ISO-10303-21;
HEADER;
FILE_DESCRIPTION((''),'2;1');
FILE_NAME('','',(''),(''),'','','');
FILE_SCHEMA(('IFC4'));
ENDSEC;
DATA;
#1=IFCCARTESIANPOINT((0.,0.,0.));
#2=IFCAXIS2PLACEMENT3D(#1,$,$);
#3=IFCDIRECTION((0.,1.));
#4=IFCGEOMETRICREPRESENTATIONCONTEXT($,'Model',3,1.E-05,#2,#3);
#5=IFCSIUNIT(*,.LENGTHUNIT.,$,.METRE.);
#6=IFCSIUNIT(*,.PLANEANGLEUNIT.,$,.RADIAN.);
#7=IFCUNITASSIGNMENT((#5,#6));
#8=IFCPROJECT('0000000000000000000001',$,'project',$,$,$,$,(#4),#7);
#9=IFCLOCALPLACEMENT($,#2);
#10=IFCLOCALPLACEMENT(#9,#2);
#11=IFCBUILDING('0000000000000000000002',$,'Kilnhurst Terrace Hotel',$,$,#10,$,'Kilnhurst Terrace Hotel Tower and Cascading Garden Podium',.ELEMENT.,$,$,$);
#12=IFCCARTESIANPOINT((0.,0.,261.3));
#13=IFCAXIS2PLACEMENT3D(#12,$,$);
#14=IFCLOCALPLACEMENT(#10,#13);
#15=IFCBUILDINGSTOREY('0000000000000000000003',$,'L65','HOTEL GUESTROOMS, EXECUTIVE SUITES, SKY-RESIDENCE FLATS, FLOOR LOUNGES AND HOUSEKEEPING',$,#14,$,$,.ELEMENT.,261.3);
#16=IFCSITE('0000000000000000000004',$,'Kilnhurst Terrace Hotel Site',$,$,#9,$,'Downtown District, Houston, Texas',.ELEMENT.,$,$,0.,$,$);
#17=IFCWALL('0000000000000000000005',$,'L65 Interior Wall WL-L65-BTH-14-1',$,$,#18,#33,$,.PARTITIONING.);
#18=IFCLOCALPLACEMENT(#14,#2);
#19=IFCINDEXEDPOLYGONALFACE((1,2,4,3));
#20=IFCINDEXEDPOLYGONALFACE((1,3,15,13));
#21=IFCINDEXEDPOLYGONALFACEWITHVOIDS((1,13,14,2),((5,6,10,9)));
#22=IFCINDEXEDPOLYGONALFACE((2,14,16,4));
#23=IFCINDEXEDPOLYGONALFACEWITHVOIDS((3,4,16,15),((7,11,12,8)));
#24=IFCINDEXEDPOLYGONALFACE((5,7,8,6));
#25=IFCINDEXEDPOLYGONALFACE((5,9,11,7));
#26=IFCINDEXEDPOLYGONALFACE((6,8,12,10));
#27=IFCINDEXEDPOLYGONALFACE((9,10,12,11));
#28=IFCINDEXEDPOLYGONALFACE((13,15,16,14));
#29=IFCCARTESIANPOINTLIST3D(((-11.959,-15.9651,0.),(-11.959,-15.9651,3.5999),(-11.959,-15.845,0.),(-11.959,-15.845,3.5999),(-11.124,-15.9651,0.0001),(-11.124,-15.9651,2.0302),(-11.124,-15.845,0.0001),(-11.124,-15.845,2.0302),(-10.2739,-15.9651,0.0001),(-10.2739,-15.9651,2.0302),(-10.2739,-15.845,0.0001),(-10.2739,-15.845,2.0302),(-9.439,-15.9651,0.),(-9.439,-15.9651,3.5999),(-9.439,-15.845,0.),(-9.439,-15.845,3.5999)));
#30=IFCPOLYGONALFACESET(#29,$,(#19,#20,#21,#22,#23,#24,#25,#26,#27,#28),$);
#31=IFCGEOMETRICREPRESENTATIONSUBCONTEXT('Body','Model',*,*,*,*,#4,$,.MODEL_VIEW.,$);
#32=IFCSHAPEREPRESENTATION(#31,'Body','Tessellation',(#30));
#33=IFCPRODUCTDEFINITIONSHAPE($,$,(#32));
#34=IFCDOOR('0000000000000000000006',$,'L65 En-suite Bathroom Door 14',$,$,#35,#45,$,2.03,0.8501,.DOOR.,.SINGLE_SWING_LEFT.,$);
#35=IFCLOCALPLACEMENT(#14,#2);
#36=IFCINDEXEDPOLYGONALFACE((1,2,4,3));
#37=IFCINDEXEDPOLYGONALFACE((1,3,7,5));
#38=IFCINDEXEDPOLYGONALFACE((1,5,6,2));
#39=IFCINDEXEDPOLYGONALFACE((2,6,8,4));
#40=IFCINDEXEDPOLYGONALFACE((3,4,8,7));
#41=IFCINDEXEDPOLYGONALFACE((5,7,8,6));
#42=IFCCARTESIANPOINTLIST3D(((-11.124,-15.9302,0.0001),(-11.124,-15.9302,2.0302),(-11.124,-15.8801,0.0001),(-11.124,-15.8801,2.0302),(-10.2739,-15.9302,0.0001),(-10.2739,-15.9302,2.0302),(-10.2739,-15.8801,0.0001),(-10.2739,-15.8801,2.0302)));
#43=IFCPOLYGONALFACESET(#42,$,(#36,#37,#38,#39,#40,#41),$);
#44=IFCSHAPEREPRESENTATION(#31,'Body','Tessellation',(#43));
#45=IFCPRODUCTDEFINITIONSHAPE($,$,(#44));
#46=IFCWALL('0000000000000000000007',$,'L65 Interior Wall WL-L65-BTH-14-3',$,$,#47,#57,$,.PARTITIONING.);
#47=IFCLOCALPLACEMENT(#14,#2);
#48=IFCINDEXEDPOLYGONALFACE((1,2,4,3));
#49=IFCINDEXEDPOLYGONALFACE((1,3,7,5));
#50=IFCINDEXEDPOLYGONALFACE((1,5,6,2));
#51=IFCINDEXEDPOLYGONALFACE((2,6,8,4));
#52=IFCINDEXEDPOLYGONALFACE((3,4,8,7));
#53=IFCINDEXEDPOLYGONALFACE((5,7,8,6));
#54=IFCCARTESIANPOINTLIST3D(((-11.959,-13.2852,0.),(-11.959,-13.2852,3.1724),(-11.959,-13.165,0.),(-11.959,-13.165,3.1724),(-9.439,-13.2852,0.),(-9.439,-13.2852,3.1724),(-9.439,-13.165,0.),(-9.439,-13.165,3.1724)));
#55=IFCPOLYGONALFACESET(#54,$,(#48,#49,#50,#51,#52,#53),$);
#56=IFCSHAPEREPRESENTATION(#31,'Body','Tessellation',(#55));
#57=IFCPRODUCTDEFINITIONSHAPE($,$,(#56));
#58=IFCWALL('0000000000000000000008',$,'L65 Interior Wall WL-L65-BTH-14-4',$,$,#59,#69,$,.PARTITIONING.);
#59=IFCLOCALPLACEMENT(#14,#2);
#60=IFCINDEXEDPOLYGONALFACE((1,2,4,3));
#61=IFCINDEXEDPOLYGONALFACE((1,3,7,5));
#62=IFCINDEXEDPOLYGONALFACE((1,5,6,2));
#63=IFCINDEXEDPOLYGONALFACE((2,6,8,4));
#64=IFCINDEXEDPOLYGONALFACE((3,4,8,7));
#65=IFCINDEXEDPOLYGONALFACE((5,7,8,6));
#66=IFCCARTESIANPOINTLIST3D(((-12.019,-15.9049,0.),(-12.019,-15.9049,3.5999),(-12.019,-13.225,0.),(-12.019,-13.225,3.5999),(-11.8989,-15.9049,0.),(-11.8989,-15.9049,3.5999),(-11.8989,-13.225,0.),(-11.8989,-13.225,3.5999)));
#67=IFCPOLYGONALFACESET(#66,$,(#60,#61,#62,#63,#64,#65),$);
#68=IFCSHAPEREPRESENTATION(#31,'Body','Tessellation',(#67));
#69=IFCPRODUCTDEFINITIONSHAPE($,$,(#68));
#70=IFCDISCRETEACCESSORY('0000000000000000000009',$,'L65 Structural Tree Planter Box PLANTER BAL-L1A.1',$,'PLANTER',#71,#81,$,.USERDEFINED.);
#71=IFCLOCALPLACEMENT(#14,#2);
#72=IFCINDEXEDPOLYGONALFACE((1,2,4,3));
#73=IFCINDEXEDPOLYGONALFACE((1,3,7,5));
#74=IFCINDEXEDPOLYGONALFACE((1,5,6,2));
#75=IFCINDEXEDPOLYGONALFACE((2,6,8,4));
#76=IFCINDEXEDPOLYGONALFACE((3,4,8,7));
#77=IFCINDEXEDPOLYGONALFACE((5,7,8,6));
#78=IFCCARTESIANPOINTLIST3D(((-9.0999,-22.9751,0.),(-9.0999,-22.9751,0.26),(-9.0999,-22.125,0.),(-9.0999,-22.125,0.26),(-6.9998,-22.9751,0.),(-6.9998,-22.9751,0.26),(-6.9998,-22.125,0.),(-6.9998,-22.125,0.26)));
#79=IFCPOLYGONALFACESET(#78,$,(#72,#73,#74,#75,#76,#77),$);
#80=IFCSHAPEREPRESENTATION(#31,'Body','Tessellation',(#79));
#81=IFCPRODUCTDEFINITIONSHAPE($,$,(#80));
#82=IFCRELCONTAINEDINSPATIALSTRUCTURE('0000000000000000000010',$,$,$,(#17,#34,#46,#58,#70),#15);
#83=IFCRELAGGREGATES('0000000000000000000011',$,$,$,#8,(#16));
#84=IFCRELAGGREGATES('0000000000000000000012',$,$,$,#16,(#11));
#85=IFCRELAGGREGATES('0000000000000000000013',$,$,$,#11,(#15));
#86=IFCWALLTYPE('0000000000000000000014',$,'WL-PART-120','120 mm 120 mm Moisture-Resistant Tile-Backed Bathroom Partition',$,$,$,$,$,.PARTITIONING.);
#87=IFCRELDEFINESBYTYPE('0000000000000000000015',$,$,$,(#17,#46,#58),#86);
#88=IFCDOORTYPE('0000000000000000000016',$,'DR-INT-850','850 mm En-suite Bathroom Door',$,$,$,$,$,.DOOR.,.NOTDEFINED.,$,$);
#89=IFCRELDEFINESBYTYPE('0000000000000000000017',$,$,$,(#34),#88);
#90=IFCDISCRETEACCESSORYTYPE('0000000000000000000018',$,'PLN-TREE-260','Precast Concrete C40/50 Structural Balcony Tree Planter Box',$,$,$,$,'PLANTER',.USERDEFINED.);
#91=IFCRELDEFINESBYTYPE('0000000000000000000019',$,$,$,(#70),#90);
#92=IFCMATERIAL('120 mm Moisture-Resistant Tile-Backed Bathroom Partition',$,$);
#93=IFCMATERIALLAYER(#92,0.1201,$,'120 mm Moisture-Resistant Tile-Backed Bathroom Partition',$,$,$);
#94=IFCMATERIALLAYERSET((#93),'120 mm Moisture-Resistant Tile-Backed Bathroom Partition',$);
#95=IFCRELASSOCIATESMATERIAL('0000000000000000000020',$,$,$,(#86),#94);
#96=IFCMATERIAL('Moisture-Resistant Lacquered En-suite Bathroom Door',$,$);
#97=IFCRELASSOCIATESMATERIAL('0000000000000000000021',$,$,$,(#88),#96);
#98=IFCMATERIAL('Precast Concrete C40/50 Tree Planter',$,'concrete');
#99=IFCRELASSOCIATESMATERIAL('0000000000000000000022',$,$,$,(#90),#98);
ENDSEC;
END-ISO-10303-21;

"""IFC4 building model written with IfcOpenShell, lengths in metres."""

from ifc_helpers import new_model, si_unit, direction, frame, frame_2d, origin, origin_2d, place, context, subcontext, project, spatial, rectangle, extrude, material, layer, layer_set, type_object, element, fill, save


model = new_model("IFC4")

# Units and contexts
model_context = context("Model", 3, precision=1e-05, world=origin(), true_north=direction((0.0, 1.0)))
body_context = subcontext(model_context, "Body", "Model", "MODEL_VIEW")
ifc_project = project(units=[si_unit("LENGTHUNIT", "METRE"), si_unit("PLANEANGLEUNIT", "RADIAN")], contexts=[model_context])

# Site, building, storey
site_placement = place(None, origin())
site = spatial("IfcSite", under=ifc_project, at=site_placement, Name="Kilnhurst Terrace Hotel Site", LongName="Downtown District, Houston, Texas", CompositionType="ELEMENT", RefElevation=0.0)
building_placement = place(site_placement, origin())
building = spatial("IfcBuilding", under=site, at=building_placement, Name="Kilnhurst Terrace Hotel", LongName="Kilnhurst Terrace Hotel Tower and Cascading Garden Podium", CompositionType="ELEMENT")
storey_placement = place(building_placement, frame((0.0, 0.0, 261.3)))
storey = spatial("IfcBuildingStorey", under=building, at=storey_placement, Name="L65", Description="HOTEL GUESTROOMS, EXECUTIVE SUITES, SKY-RESIDENCE FLATS, FLOOR LOUNGES AND HOUSEKEEPING", CompositionType="ELEMENT", Elevation=261.3)

# Wall, opening, door
ifc_material_1 = material(Name="120 mm Moisture-Resistant Tile-Backed Bathroom Partition")
ifc_layer_1 = layer(ifc_material_1, 0.1201, Name="120 mm Moisture-Resistant Tile-Backed Bathroom Partition")
ifc_layer_set_1 = layer_set([ifc_layer_1], Name="120 mm Moisture-Resistant Tile-Backed Bathroom Partition")
wall_type_1 = type_object("IfcWallType", Name="WL-PART-120", Description="120 mm 120 mm Moisture-Resistant Tile-Backed Bathroom Partition", PredefinedType="PARTITIONING", material=ifc_layer_set_1)
wall_1_placement = place(storey_placement, frame((-11.959, -15.905, 0.0), z_axis=(0.0, 0.0, 1.0), x_axis=(1.0, 0.0, 0.0)))
wall_1 = element("IfcWall", 1, at=wall_1_placement, inside=storey, type_object=wall_type_1, Name="L65 Interior Wall WL-L65-BTH-14-1", PredefinedType="PARTITIONING", context=body_context, shape_type="SweptSolid", body=[
    extrude(rectangle(XDim=2.52, YDim=0.1201, at=frame_2d((1.26, 0.0))), origin(), (0.0, 0.0, 1.0), 3.5999),
])
opening_1_placement = place(wall_1_placement, frame((0.835, 0.0, 0.0)))
opening_1 = element("IfcOpeningElement", 2, at=opening_1_placement, cuts=wall_1, PredefinedType="OPENING", context=body_context, shape_type="SweptSolid", body=[
    extrude(rectangle(XDim=0.8501, YDim=2.03, at=frame_2d((0.425, 1.0151))), frame((0.0, 0.0701, 0.0), z_axis=(0.0, -1.0, 0.0), x_axis=(1.0, 0.0, 0.0)), (0.0, 0.0, 1.0), 0.1401),
])
ifc_material_2 = material(Name="Moisture-Resistant Lacquered En-suite Bathroom Door")
door_type_1 = type_object("IfcDoorType", Name="DR-INT-850", Description="850 mm En-suite Bathroom Door", OperationType="NOTDEFINED", PredefinedType="DOOR", material=ifc_material_2)
door_1_placement = place(opening_1_placement, origin())
door_1 = element("IfcDoor", 3, at=door_1_placement, inside=storey, type_object=door_type_1, Name="L65 En-suite Bathroom Door 14", OperationType="SINGLE_SWING_LEFT", OverallHeight=2.03, OverallWidth=0.8501, PredefinedType="DOOR", context=body_context, shape_type="SweptSolid", body=[
    extrude(rectangle(XDim=0.8501, YDim=2.03, at=frame_2d((0.425, 1.0151))), frame((0.0, 0.0249, 0.0), z_axis=(0.0, -1.0, 0.0), x_axis=(1.0, 0.0, 0.0)), (0.0, 0.0, 1.0), 0.05),
])
fill(opening_1, door_1)

# Walls
wall_2_placement = place(storey_placement, frame((-9.439, -13.2251, 0.0), z_axis=(0.0, 0.0, 1.0), x_axis=(-1.0, 0.0, 0.0)))
element("IfcWall", 4, at=wall_2_placement, inside=storey, type_object=wall_type_1, Name="L65 Interior Wall WL-L65-BTH-14-3", PredefinedType="PARTITIONING", context=body_context, shape_type="SweptSolid", body=[
    extrude(rectangle(XDim=2.52, YDim=0.1201, at=frame_2d((1.26, 0.0))), origin(), (0.0, 0.0, 1.0), 3.1724),
])
wall_3_placement = place(storey_placement, frame((-11.959, -13.2251, 0.0), z_axis=(0.0, 0.0, 1.0), x_axis=(0.0, -1.0, 0.0)))
element("IfcWall", 5, at=wall_3_placement, inside=storey, type_object=wall_type_1, Name="L65 Interior Wall WL-L65-BTH-14-4", PredefinedType="PARTITIONING", context=body_context, shape_type="SweptSolid", body=[
    extrude(rectangle(XDim=2.6799, YDim=0.1201, at=frame_2d((1.3398, 0.0))), origin(), (0.0, 0.0, 1.0), 3.5999),
])

# Discrete accessory
ifc_material_3 = material(Name="Precast Concrete C40/50 Tree Planter", Category="concrete")
discrete_accessory_type = type_object("IfcDiscreteAccessoryType", Name="PLN-TREE-260", Description="Precast Concrete C40/50 Structural Balcony Tree Planter Box", ElementType="PLANTER", PredefinedType="USERDEFINED", material=ifc_material_3)
discrete_accessory_placement = place(storey_placement, frame((-8.0498, -22.55, 0.0), z_axis=(0.0, 0.0, 1.0), x_axis=(1.0, 0.0, 0.0)))
element("IfcDiscreteAccessory", 6, at=discrete_accessory_placement, inside=storey, type_object=discrete_accessory_type, Name="L65 Structural Tree Planter Box PLANTER BAL-L1A.1", ObjectType="PLANTER", PredefinedType="USERDEFINED", context=body_context, shape_type="SweptSolid", body=[
    extrude(rectangle(XDim=2.1001, YDim=0.8501, at=origin_2d()), origin(), (0.0, 0.0, 1.0), 0.26),
])

save(model, "model.ifc")
